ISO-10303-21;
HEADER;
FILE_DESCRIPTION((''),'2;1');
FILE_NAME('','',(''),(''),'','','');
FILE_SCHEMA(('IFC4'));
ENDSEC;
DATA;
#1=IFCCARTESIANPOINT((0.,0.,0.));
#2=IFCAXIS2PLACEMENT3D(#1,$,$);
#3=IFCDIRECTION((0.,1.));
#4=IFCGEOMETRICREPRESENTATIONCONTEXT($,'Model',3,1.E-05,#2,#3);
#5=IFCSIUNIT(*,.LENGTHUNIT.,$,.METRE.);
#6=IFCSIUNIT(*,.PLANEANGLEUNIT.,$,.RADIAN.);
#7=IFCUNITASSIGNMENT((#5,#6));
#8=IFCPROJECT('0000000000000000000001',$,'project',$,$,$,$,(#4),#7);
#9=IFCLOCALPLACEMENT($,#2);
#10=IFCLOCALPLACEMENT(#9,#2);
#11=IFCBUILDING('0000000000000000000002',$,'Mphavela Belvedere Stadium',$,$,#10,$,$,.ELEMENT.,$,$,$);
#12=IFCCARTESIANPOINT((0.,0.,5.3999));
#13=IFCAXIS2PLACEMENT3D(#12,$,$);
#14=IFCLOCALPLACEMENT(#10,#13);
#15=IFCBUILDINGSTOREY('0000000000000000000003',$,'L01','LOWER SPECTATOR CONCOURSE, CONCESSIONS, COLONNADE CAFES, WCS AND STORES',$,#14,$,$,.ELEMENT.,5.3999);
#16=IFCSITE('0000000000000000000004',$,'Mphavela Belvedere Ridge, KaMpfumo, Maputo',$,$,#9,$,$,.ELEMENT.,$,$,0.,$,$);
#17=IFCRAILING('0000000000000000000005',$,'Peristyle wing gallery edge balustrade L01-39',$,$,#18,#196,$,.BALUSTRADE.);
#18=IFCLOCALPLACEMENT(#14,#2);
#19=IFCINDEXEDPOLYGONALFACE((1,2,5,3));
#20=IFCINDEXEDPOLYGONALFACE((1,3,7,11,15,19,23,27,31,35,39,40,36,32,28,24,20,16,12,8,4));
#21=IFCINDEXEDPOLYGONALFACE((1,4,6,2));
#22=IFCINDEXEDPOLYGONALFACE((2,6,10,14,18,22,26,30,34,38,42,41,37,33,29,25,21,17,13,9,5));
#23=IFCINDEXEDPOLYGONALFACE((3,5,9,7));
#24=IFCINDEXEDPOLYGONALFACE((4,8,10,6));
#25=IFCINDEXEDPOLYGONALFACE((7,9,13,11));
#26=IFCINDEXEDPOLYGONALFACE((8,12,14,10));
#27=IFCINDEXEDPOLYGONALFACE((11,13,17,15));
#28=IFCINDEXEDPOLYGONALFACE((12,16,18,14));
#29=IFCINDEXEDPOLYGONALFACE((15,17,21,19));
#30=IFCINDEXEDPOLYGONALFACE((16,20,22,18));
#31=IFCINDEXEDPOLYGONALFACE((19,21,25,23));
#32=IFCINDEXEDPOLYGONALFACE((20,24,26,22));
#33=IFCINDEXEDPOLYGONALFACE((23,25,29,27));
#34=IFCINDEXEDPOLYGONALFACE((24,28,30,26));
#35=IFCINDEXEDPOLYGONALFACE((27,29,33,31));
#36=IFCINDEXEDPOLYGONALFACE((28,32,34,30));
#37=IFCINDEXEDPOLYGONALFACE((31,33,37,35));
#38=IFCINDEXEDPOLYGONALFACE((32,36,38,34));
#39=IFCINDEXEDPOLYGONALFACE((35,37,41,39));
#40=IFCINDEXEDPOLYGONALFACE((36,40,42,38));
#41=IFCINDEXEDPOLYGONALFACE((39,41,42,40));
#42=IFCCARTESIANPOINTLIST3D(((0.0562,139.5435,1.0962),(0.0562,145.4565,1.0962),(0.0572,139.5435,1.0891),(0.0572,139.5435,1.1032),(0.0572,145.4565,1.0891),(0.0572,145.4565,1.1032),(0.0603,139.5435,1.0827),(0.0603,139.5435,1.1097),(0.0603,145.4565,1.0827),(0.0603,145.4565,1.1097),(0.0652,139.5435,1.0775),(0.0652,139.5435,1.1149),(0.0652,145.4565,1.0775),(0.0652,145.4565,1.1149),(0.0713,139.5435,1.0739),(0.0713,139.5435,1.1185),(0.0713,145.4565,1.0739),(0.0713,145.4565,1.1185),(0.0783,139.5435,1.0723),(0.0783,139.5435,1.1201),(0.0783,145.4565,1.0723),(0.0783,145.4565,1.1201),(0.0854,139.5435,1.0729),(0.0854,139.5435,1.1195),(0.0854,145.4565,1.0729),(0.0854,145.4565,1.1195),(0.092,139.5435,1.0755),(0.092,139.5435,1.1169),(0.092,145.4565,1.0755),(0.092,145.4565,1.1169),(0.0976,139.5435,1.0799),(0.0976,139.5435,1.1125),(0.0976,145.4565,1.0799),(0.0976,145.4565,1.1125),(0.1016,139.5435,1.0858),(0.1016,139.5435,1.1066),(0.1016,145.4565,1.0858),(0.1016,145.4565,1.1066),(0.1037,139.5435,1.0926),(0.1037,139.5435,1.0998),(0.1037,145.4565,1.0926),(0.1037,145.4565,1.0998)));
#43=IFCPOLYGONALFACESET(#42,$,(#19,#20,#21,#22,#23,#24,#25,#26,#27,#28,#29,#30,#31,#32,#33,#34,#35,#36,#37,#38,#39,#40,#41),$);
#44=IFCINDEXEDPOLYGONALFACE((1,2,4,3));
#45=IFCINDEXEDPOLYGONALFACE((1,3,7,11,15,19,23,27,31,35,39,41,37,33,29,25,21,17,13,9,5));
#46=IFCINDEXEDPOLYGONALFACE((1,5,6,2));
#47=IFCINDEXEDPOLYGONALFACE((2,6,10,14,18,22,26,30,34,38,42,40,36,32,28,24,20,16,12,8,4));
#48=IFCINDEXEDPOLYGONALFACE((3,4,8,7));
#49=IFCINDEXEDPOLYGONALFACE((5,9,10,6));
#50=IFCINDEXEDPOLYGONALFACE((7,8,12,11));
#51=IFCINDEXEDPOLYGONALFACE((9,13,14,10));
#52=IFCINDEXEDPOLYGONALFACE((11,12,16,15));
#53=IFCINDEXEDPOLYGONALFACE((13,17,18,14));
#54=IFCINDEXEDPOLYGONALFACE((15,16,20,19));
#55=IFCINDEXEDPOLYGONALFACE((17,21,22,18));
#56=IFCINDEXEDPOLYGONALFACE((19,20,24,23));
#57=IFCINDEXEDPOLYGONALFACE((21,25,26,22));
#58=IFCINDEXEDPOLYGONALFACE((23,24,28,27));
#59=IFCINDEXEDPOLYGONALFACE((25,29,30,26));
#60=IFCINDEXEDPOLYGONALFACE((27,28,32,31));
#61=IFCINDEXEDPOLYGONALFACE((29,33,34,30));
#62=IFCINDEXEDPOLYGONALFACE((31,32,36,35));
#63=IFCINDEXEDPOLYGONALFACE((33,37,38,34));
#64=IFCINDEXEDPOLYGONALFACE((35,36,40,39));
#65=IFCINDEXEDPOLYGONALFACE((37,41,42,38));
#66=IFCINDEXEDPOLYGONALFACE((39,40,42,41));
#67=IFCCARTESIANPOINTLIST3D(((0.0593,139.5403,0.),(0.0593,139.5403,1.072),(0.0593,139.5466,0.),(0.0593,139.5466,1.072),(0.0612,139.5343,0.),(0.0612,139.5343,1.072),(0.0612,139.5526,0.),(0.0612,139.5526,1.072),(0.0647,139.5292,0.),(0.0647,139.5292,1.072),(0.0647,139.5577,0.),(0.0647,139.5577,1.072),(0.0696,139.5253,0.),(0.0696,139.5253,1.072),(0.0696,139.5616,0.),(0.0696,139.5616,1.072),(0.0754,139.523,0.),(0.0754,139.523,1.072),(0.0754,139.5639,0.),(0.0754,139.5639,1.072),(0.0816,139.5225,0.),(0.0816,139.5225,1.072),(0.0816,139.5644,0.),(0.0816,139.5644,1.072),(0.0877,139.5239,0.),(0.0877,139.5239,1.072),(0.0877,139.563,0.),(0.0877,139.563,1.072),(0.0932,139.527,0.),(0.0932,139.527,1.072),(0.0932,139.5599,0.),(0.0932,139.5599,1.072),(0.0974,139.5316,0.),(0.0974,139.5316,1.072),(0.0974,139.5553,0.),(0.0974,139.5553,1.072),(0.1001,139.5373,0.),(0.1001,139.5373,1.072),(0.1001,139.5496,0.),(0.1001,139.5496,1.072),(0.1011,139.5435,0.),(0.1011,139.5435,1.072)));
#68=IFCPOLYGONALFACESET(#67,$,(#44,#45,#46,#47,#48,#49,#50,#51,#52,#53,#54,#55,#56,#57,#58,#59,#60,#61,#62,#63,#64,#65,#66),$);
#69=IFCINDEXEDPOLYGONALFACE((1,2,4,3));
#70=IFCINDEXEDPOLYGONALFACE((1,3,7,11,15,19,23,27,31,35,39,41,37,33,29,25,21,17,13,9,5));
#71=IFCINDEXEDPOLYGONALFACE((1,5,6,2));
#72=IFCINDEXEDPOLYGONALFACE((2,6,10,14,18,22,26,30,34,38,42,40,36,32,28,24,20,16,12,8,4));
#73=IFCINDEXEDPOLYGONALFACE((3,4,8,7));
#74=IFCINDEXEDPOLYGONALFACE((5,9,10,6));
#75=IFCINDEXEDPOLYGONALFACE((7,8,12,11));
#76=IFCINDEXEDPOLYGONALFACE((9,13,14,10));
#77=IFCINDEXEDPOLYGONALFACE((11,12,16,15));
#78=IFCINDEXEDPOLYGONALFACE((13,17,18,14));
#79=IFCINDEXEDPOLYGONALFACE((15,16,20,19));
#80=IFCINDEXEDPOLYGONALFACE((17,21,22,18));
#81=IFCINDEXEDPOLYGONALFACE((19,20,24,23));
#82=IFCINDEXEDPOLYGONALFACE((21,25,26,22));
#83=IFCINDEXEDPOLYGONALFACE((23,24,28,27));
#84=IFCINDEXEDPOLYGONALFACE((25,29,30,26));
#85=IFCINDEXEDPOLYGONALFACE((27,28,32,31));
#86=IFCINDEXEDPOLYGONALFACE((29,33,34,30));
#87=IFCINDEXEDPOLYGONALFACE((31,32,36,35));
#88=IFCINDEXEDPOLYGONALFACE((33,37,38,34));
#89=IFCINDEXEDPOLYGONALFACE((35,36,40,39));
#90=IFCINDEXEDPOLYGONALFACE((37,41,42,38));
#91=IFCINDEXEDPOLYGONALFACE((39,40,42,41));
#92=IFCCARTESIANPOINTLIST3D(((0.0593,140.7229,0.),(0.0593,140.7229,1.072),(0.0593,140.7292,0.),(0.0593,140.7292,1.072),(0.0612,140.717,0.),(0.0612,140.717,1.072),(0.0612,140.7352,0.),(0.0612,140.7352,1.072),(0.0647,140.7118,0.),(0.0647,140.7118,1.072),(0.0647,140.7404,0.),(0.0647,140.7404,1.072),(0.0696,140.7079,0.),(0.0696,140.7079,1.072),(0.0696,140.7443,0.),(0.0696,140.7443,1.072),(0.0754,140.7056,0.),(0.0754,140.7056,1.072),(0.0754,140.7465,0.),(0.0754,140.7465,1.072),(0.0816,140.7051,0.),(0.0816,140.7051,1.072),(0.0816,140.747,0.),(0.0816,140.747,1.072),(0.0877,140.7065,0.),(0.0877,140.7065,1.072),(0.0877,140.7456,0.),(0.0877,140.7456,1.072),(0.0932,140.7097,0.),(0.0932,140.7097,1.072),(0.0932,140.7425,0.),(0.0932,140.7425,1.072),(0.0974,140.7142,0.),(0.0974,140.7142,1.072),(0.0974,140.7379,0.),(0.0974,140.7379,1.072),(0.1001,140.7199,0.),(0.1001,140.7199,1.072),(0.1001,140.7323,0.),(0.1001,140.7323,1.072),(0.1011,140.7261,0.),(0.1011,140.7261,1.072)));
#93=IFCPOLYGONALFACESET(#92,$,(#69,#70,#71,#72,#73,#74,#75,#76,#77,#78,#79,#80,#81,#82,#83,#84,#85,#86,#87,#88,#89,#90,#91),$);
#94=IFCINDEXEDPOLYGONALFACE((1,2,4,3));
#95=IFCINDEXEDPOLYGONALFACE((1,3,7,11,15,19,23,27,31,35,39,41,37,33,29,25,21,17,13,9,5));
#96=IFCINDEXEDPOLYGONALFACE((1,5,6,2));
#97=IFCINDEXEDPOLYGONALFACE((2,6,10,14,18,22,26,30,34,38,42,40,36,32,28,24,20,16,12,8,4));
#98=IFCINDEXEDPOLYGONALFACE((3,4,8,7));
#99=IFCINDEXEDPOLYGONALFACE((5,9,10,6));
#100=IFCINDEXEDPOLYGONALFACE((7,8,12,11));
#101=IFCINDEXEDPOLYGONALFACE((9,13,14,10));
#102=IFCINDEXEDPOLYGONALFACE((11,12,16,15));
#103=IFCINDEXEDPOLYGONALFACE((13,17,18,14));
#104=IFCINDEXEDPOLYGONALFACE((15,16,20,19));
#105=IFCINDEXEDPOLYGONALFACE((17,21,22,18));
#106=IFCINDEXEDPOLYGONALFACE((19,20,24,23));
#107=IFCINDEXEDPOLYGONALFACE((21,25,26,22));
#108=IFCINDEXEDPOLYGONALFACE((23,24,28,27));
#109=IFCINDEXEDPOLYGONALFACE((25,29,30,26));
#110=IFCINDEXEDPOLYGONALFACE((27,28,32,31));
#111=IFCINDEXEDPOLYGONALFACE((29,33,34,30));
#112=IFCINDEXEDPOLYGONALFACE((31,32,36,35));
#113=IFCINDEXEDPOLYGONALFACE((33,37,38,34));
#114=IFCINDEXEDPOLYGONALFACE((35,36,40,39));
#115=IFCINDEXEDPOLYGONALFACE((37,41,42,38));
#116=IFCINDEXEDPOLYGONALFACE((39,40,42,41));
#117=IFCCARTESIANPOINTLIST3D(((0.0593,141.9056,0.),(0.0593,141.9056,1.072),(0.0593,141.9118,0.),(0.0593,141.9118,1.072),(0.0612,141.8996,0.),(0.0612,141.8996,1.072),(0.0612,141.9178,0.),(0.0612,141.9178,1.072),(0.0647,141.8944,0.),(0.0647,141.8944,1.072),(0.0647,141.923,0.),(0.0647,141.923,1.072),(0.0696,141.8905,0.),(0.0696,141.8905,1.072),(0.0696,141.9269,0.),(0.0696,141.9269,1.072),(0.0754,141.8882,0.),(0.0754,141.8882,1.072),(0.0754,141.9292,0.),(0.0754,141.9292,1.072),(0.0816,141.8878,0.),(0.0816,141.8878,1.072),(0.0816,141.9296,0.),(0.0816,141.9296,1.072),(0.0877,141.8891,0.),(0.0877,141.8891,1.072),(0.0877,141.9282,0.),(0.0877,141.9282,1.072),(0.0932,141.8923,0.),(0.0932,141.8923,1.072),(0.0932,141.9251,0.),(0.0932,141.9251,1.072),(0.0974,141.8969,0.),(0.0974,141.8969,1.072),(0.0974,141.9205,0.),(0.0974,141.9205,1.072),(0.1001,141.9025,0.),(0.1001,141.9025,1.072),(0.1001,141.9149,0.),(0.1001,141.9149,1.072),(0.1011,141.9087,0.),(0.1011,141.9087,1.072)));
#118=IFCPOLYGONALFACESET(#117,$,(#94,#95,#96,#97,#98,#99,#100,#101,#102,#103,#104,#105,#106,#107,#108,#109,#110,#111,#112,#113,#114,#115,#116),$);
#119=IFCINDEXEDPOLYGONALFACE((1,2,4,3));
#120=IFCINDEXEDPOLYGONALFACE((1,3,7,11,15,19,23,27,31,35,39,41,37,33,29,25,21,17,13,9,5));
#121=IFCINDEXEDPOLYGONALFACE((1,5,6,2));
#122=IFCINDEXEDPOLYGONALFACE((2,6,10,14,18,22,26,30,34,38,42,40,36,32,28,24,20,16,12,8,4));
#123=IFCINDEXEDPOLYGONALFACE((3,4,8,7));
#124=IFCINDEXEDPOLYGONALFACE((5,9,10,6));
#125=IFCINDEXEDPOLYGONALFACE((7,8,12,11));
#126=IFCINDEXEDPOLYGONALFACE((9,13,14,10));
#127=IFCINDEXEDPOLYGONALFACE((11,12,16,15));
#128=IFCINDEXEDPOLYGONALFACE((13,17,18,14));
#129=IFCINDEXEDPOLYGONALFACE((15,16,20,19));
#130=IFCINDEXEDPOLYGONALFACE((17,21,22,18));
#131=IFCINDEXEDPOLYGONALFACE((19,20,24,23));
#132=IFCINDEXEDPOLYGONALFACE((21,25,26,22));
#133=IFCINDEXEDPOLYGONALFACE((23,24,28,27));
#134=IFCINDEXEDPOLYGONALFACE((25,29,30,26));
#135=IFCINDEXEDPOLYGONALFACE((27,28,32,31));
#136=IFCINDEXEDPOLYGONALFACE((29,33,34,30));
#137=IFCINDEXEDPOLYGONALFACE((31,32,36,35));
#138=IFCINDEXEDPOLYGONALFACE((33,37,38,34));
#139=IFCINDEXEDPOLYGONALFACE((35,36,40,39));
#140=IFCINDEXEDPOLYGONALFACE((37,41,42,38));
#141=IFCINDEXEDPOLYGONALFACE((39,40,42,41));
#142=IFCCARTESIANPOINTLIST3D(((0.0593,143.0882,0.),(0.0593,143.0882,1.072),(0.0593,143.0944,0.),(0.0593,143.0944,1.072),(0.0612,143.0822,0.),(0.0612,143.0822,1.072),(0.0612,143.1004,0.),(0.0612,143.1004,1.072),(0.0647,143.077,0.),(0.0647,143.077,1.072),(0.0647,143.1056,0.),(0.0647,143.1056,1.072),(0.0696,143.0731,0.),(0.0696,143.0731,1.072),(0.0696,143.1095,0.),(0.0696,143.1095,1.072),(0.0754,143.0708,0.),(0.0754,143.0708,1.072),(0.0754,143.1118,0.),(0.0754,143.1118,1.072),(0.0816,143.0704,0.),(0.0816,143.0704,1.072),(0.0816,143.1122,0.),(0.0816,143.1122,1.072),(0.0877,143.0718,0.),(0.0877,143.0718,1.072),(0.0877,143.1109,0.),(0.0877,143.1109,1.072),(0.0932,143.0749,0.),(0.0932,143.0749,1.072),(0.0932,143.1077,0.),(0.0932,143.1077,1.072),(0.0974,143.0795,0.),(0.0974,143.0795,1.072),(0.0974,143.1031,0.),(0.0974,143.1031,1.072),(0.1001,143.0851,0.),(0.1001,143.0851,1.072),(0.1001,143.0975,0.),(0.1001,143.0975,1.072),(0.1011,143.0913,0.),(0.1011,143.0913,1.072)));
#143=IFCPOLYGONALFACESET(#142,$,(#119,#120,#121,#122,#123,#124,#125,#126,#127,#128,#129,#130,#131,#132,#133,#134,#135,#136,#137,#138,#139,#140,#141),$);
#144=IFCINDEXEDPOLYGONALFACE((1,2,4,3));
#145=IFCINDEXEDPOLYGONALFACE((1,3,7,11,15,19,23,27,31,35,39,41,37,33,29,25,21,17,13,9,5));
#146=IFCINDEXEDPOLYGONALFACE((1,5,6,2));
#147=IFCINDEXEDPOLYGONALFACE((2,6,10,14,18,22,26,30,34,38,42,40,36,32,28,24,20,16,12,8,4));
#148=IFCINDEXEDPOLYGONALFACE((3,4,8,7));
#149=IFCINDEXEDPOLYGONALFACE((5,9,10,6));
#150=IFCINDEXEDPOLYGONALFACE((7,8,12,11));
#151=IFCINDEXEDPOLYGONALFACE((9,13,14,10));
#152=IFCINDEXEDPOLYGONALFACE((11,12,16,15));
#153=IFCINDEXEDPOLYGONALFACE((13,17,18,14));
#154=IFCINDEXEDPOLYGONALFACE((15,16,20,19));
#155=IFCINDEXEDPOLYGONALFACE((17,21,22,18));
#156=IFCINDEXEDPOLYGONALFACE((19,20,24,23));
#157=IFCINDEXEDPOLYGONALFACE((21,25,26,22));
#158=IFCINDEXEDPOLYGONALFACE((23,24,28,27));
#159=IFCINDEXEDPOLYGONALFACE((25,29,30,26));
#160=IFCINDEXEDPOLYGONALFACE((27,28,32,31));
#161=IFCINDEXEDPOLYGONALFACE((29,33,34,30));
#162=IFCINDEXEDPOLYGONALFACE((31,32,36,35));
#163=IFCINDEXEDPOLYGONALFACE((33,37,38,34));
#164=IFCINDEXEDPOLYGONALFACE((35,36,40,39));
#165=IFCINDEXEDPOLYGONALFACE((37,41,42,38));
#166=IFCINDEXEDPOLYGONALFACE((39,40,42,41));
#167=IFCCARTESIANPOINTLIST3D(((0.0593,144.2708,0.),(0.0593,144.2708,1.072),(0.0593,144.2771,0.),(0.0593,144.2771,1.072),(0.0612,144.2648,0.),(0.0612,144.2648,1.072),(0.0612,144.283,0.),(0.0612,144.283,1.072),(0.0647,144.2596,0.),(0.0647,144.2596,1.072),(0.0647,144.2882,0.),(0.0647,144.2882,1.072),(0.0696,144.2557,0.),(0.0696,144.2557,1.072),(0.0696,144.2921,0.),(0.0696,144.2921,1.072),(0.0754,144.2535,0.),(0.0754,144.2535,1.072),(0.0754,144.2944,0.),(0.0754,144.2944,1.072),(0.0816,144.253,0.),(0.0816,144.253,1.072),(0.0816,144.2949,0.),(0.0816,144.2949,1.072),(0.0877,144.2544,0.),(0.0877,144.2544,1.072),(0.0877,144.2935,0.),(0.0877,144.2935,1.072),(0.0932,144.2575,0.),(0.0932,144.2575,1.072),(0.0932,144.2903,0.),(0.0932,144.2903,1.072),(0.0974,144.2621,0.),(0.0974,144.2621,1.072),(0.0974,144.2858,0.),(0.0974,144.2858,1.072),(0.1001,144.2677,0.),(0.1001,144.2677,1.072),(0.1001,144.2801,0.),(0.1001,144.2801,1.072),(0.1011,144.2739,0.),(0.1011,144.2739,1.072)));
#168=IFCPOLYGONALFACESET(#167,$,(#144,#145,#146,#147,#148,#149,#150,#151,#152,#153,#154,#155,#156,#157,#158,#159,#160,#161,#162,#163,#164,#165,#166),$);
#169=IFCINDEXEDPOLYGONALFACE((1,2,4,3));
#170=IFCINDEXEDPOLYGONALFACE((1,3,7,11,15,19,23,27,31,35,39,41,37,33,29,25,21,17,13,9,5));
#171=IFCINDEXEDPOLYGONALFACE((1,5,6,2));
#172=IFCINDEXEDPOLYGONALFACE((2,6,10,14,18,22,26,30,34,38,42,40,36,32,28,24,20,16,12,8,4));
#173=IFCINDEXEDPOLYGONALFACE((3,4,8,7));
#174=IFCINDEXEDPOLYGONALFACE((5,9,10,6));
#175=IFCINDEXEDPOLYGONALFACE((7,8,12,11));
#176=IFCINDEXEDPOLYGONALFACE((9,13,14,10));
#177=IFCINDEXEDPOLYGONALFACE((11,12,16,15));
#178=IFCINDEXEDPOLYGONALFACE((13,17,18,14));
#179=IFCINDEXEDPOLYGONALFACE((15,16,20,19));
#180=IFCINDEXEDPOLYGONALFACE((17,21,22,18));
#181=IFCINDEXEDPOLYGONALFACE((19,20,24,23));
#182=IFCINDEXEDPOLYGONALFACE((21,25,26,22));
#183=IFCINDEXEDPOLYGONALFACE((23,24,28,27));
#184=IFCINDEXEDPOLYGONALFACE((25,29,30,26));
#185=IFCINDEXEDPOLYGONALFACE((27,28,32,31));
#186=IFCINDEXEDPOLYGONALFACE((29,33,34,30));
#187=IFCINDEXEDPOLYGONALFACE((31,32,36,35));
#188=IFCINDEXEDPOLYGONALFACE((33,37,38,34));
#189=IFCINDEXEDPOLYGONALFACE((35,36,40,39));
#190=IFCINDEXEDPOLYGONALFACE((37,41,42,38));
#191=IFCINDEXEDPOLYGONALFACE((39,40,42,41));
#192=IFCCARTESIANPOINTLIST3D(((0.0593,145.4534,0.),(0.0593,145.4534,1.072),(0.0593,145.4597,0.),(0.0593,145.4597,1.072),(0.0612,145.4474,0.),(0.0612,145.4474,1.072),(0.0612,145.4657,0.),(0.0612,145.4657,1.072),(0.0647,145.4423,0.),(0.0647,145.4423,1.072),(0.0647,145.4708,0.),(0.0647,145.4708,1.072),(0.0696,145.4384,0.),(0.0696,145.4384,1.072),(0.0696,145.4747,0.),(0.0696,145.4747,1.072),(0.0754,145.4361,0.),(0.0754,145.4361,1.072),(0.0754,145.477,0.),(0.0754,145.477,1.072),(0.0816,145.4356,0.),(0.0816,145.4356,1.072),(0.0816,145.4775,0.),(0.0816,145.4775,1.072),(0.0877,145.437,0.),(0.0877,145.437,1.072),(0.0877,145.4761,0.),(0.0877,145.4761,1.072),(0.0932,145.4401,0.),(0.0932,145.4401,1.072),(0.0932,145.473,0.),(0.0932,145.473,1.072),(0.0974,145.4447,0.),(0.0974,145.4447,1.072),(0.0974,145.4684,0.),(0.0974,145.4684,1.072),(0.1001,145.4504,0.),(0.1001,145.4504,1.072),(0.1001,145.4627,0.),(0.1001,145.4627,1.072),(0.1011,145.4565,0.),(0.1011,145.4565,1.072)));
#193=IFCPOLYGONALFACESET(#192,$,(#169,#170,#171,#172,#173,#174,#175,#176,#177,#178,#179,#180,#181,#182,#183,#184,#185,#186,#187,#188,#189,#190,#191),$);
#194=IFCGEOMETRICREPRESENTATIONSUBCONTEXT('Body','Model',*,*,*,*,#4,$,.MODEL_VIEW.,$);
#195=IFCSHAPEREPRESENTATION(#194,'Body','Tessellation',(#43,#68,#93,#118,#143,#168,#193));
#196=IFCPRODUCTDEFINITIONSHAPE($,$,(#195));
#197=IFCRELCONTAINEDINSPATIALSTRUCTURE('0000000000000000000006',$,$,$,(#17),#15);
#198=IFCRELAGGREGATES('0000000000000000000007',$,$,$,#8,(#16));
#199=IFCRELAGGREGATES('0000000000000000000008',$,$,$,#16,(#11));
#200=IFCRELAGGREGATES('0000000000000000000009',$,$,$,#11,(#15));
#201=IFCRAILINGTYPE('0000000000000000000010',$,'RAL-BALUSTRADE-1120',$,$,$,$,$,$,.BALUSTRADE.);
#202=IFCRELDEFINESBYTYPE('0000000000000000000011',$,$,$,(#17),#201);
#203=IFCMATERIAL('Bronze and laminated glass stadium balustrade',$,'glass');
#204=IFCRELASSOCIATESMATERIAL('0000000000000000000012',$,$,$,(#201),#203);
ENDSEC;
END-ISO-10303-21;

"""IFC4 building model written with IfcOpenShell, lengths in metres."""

from ifc_helpers import new_model, si_unit, direction, frame, origin, origin_2d, place, context, subcontext, project, spatial, circle, extrude, material, type_object, element, save


model = new_model("IFC4")

# Units and contexts
model_context = context("Model", 3, precision=1e-05, world=origin(), true_north=direction((0.0, 1.0)))
body_context = subcontext(model_context, "Body", "Model", "MODEL_VIEW")
ifc_project = project(units=[si_unit("LENGTHUNIT", "METRE"), si_unit("PLANEANGLEUNIT", "RADIAN")], contexts=[model_context])

# Site, building, storey
site_placement = place(None, origin())
site = spatial("IfcSite", under=ifc_project, at=site_placement, Name="Mphavela Belvedere Ridge, KaMpfumo, Maputo", CompositionType="ELEMENT", RefElevation=0.0)
building_placement = place(site_placement, origin())
building = spatial("IfcBuilding", under=site, at=building_placement, Name="Mphavela Belvedere Stadium", CompositionType="ELEMENT")
storey_placement = place(building_placement, frame((0.0, 0.0, 5.3999)))
storey = spatial("IfcBuildingStorey", under=building, at=storey_placement, Name="L01", Description="LOWER SPECTATOR CONCOURSE, CONCESSIONS, COLONNADE CAFES, WCS AND STORES", CompositionType="ELEMENT", Elevation=5.3999)

# Railing
ifc_material_1 = material(Name="Bronze and laminated glass stadium balustrade", Category="glass")
railing_type = type_object("IfcRailingType", Name="RAL-BALUSTRADE-1120", PredefinedType="BALUSTRADE", material=ifc_material_1)
for number, where, name in (
    (1, (0.0801, 139.5435, 0.0), "Peristyle wing gallery edge balustrade L01-39"),
):
    element("IfcRailing", number, at=place(storey_placement, frame(where)), inside=storey, type_object=railing_type, Name=name, PredefinedType="BALUSTRADE", context=body_context, shape_type="SweptSolid", body=[
        extrude(circle(Radius=0.0239, at=origin_2d()), frame((0.0, 0.0, 1.0962), z_axis=(0.0, 1.0, 0.0), x_axis=(-1.0, 0.0, 0.0)), (0.0, 0.0, 1.0), 5.9131),
        extrude(circle(Radius=0.021, at=origin_2d()), origin(), (0.0, 0.0, 1.0), 1.072),
        extrude(circle(Radius=0.021, at=origin_2d()), frame((0.0, 1.1826, 0.0)), (0.0, 0.0, 1.0), 1.072),
        extrude(circle(Radius=0.021, at=origin_2d()), frame((0.0, 2.3652, 0.0)), (0.0, 0.0, 1.0), 1.072),
        extrude(circle(Radius=0.021, at=origin_2d()), frame((0.0, 3.5479, 0.0)), (0.0, 0.0, 1.0), 1.072),
        extrude(circle(Radius=0.021, at=origin_2d()), frame((0.0, 4.7305, 0.0)), (0.0, 0.0, 1.0), 1.072),
        extrude(circle(Radius=0.021, at=origin_2d()), frame((0.0, 5.9131, 0.0)), (0.0, 0.0, 1.0), 1.072),
    ])

save(model, "model.ifc")
